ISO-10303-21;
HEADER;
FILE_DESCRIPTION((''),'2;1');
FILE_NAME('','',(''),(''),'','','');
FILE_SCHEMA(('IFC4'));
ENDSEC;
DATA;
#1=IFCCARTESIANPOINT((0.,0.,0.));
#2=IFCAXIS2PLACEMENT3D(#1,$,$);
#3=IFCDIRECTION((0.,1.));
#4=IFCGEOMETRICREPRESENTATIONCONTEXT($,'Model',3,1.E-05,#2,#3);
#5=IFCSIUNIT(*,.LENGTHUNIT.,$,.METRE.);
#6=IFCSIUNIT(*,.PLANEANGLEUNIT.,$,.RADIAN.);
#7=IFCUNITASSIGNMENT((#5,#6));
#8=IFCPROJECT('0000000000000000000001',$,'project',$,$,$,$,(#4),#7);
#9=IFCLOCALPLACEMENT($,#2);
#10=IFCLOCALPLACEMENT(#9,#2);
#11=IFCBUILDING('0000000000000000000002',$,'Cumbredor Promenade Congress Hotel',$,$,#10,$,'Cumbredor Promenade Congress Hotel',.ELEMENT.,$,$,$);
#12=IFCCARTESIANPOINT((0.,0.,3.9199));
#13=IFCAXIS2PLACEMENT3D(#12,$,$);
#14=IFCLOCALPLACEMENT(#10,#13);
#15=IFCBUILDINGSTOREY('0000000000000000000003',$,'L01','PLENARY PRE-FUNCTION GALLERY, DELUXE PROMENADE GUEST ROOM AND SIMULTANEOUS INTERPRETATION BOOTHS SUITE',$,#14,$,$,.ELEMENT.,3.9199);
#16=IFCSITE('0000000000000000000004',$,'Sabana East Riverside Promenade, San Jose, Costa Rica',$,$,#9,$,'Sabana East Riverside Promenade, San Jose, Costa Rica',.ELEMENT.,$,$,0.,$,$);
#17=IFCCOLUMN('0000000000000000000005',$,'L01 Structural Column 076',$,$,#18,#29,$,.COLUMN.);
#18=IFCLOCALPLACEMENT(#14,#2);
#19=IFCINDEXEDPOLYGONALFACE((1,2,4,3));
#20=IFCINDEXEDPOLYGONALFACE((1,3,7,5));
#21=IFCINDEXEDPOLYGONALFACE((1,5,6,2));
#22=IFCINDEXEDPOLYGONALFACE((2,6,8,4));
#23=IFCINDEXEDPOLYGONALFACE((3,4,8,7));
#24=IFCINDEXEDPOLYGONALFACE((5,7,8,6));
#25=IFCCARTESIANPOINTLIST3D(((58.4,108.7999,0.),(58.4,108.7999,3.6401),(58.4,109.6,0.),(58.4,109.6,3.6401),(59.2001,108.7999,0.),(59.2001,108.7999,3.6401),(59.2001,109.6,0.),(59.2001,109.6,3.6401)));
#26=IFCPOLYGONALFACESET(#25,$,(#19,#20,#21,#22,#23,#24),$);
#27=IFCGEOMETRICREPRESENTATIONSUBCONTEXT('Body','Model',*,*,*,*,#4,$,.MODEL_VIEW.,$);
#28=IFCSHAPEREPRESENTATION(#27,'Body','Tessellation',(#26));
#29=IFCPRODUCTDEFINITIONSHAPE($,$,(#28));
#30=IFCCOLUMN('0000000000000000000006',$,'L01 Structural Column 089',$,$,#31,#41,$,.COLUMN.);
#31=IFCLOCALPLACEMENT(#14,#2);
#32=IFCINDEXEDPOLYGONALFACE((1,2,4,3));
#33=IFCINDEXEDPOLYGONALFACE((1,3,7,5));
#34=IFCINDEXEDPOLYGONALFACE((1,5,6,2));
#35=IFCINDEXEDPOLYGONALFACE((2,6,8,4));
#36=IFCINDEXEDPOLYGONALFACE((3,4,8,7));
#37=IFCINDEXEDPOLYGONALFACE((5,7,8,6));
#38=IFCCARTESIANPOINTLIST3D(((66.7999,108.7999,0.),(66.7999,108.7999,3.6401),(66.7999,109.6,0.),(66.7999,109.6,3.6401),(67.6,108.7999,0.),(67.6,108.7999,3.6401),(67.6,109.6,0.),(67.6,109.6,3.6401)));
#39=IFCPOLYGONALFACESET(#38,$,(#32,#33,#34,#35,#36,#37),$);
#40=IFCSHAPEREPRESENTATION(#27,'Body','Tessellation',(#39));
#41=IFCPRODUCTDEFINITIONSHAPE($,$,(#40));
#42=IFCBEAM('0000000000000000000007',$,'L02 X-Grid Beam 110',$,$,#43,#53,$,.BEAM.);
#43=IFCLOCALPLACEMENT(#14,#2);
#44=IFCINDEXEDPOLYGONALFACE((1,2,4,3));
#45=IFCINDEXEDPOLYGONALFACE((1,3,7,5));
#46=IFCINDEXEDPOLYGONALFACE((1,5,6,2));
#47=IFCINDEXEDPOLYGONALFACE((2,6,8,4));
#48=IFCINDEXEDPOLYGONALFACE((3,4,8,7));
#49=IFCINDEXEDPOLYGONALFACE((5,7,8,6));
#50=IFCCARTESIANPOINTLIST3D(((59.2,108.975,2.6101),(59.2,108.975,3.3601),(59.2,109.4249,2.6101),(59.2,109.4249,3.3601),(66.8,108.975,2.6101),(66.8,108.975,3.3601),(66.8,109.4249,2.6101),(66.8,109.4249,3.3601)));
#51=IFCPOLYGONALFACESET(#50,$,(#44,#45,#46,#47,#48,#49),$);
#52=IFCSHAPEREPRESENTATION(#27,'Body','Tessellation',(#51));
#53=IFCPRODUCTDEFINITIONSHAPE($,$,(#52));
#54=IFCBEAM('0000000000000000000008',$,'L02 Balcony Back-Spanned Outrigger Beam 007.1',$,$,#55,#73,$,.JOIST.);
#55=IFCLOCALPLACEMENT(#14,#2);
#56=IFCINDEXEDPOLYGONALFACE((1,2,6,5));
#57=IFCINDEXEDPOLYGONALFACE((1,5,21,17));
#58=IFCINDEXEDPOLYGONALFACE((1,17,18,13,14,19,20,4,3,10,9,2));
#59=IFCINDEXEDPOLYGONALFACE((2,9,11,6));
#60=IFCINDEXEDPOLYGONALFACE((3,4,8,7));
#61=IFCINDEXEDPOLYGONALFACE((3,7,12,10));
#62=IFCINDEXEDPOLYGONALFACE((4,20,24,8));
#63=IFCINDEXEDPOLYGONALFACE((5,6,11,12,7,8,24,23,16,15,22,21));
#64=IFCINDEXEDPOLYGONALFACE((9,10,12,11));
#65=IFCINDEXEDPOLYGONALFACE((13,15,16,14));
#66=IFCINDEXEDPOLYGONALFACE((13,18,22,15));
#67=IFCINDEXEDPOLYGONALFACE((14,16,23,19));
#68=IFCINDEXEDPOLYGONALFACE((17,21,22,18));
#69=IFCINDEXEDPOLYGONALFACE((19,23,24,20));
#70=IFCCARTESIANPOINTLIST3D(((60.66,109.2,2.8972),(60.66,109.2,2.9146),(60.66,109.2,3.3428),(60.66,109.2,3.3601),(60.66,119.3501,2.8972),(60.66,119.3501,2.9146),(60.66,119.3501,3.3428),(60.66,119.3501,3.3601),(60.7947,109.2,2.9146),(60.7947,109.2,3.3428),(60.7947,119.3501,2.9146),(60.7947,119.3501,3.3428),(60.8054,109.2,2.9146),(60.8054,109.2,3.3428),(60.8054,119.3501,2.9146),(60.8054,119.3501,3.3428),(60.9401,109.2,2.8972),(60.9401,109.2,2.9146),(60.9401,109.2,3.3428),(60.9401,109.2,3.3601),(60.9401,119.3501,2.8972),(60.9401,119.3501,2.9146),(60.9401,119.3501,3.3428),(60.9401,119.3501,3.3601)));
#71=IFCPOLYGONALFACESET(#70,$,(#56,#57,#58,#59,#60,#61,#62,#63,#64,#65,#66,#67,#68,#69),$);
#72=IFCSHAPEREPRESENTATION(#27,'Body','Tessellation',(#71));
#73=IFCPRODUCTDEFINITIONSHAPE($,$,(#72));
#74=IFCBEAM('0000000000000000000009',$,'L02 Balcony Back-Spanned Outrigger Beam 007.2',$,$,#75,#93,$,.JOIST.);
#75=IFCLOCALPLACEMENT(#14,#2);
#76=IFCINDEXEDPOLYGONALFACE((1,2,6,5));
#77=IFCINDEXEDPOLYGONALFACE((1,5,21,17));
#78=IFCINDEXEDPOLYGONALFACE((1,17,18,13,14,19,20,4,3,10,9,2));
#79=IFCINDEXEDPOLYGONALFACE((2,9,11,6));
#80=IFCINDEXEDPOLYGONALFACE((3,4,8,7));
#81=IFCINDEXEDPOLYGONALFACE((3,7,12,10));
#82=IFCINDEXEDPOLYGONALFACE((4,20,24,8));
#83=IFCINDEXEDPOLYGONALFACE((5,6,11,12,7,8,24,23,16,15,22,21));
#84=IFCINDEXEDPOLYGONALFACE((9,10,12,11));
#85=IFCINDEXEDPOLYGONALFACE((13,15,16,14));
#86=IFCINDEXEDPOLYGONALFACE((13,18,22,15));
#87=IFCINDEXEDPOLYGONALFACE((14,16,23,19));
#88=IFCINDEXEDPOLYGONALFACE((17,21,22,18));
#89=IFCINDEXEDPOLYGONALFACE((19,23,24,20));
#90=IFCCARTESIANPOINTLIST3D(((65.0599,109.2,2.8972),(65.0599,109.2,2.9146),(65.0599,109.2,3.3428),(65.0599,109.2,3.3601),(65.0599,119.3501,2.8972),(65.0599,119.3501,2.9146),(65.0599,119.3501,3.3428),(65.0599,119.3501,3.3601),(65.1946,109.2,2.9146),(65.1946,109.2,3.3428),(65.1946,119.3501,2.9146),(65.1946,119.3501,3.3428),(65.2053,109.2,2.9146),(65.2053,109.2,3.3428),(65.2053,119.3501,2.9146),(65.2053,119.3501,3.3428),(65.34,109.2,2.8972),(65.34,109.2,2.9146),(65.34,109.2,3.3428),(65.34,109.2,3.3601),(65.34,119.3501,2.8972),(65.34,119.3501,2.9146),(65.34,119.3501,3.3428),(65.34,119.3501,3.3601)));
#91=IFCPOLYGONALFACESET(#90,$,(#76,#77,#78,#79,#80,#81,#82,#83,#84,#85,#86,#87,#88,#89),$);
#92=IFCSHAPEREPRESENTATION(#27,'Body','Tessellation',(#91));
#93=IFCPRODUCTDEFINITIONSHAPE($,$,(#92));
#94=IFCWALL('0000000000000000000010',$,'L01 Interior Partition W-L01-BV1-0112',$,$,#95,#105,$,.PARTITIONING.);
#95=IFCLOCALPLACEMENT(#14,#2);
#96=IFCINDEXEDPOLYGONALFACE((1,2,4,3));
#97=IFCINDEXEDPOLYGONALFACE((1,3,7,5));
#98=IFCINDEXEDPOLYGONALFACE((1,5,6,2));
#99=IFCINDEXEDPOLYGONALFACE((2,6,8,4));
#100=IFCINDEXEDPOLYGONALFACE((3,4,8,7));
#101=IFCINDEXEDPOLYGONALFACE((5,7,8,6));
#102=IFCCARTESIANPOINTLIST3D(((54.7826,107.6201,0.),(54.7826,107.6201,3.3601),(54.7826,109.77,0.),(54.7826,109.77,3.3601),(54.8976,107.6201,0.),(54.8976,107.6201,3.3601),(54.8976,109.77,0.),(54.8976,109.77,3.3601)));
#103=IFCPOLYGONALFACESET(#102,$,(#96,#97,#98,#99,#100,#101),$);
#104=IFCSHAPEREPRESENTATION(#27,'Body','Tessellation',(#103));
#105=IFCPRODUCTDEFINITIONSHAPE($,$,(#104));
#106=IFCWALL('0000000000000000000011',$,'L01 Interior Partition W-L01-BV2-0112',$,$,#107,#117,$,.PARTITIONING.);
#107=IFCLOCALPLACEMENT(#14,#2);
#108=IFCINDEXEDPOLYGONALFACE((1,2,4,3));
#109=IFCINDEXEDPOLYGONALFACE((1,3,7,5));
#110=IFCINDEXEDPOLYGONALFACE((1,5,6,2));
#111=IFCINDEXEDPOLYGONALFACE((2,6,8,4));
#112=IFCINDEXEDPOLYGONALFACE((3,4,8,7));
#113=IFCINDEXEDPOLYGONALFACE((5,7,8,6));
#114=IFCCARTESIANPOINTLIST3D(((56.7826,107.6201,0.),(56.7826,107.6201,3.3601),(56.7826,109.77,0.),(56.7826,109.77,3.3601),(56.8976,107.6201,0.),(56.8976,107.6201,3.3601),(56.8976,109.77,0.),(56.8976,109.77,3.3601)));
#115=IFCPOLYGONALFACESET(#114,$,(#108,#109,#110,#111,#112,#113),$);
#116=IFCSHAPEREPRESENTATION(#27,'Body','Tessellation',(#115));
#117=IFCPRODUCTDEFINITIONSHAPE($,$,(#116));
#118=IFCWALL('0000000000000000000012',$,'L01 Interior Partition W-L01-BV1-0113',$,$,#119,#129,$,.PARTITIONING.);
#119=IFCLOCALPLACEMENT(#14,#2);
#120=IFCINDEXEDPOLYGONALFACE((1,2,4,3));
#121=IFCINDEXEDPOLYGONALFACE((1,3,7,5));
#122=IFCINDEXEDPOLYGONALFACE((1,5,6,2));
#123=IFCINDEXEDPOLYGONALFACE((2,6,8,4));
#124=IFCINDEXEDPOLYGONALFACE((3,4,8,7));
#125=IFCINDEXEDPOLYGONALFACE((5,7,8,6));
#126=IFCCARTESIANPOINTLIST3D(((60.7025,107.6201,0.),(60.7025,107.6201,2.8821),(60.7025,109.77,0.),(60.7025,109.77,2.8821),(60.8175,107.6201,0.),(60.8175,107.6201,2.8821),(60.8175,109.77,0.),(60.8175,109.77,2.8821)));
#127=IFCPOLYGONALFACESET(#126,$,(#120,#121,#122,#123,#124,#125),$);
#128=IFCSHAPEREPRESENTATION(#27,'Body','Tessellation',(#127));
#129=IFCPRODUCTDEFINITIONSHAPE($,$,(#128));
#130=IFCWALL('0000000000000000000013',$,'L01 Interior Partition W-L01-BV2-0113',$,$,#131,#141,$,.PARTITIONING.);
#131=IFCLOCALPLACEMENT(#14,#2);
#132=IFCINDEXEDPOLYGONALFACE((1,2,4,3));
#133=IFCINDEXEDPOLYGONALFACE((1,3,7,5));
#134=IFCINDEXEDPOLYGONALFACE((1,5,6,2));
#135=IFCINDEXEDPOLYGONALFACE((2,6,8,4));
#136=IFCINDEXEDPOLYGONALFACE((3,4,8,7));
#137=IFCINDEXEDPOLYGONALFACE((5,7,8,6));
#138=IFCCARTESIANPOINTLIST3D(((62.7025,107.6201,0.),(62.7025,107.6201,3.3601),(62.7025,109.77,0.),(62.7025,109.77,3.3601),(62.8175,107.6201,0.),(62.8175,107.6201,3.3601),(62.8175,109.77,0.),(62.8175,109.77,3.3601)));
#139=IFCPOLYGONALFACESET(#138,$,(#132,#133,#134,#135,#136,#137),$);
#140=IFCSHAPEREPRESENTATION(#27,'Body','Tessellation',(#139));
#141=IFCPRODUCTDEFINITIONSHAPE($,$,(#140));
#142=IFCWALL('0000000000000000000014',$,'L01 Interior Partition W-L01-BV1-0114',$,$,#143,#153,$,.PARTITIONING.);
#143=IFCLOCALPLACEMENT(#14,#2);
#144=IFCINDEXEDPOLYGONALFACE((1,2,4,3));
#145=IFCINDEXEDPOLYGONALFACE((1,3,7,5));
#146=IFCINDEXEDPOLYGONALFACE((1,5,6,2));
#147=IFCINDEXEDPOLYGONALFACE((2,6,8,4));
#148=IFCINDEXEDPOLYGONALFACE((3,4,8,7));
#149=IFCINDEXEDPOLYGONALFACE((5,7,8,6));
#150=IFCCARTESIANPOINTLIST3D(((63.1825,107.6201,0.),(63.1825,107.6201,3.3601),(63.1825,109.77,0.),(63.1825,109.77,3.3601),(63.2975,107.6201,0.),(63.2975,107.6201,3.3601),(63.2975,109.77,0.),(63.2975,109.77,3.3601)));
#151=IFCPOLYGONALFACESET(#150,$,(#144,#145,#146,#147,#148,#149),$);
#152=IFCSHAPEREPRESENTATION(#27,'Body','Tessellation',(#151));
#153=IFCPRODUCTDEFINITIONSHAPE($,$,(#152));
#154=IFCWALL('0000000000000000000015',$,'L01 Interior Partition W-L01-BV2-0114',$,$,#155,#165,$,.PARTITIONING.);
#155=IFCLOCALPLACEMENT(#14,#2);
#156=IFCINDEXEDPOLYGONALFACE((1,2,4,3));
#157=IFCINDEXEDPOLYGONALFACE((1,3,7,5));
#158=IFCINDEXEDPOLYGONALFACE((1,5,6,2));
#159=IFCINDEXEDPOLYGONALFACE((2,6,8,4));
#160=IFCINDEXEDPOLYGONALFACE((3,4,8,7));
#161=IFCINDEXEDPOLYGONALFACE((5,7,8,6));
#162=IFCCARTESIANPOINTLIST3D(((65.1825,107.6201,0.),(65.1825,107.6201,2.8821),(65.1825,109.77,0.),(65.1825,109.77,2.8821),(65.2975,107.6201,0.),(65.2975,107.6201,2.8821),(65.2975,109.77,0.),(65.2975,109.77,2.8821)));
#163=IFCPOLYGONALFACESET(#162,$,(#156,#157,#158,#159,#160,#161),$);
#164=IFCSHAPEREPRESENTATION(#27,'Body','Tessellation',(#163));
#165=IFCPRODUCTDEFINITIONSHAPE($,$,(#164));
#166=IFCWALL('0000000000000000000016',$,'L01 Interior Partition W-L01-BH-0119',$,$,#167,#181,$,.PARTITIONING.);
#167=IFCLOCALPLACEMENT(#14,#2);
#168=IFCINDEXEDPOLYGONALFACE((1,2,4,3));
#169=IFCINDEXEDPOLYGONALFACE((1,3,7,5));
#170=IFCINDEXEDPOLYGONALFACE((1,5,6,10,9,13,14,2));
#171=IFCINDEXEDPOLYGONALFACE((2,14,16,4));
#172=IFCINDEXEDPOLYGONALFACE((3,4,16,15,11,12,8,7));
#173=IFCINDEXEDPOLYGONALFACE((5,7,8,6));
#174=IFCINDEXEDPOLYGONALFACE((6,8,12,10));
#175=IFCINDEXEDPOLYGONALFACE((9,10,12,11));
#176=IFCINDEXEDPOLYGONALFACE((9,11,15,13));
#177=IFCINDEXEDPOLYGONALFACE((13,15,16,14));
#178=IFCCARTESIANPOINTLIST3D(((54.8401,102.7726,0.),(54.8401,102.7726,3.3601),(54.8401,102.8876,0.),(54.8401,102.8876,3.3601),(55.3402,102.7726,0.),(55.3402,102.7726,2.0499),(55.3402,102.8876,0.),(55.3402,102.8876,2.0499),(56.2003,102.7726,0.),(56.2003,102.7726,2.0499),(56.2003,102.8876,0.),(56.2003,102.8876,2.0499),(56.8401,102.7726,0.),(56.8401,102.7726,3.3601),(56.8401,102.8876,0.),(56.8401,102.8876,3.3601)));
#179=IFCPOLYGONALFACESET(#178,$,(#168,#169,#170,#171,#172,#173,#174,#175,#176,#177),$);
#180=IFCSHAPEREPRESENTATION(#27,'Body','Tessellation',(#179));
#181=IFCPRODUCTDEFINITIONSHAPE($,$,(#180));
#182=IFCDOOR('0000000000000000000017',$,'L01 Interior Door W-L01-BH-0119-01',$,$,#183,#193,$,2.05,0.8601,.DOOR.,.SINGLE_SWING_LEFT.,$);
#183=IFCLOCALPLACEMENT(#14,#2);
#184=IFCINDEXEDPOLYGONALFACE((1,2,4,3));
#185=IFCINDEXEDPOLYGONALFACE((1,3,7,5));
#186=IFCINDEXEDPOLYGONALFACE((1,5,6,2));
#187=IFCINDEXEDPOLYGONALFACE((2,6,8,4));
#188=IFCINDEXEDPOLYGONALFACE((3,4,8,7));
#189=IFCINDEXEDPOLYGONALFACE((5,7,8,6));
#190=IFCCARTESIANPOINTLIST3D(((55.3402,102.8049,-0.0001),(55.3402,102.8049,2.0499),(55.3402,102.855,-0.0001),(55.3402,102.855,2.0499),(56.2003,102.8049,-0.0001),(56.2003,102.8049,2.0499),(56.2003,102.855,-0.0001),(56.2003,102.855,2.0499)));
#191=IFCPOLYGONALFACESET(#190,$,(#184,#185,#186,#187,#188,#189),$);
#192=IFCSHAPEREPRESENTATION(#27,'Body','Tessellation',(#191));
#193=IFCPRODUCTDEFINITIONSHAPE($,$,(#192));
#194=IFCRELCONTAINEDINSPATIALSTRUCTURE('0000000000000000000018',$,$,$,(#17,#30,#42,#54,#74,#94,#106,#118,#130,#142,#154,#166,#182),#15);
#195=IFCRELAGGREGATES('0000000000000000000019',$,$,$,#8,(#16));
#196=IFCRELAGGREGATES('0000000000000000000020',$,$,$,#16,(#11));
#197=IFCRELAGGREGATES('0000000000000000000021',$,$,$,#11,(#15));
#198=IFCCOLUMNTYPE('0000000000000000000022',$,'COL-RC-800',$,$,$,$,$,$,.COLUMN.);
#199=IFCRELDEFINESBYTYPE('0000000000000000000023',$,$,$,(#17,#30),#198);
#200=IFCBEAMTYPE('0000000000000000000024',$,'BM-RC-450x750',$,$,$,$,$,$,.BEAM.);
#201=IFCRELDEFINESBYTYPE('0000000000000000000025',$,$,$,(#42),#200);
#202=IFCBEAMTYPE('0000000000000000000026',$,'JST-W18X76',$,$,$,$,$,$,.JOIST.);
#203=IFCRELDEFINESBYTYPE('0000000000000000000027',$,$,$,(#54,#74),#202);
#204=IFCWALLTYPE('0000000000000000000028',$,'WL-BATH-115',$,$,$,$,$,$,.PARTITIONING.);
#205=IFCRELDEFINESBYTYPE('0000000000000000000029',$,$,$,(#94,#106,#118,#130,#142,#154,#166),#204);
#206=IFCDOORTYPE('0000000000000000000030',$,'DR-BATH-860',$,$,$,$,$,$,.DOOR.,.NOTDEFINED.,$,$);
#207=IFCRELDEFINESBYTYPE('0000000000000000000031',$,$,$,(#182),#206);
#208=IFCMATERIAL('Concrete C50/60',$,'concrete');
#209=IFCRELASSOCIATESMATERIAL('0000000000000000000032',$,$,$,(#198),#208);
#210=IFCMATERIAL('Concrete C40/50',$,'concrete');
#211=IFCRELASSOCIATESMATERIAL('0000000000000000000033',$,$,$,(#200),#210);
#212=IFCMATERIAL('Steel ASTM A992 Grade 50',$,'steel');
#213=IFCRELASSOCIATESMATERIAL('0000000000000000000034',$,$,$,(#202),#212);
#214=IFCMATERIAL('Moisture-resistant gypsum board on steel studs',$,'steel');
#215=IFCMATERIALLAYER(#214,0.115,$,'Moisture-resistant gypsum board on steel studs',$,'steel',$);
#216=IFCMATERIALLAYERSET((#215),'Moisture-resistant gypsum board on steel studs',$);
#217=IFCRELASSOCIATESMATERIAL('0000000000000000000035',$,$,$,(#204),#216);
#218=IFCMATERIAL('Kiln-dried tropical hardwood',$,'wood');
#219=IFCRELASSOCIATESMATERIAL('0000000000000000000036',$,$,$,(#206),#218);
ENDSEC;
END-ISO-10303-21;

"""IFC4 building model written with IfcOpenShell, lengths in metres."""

from ifc_helpers import new_model, si_unit, direction, frame, frame_2d, origin, origin_2d, place, context, subcontext, project, spatial, rectangle, i_section, extrude, material, layer, layer_set, material_profile, profile_set, type_object, element, fill, save


model = new_model("IFC4")

# Units and contexts
model_context = context("Model", 3, precision=1e-05, world=origin(), true_north=direction((0.0, 1.0)))
body_context = subcontext(model_context, "Body", "Model", "MODEL_VIEW")
ifc_project = project(units=[si_unit("LENGTHUNIT", "METRE"), si_unit("PLANEANGLEUNIT", "RADIAN")], contexts=[model_context])

# Site, building, storey
site_placement = place(None, origin())
site = spatial("IfcSite", under=ifc_project, at=site_placement, Name="Sabana East Riverside Promenade, San Jose, Costa Rica", LongName="Sabana East Riverside Promenade, San Jose, Costa Rica", CompositionType="ELEMENT", RefElevation=0.0)
building_placement = place(site_placement, origin())
building = spatial("IfcBuilding", under=site, at=building_placement, Name="Cumbredor Promenade Congress Hotel", LongName="Cumbredor Promenade Congress Hotel", CompositionType="ELEMENT")
storey_placement = place(building_placement, frame((0.0, 0.0, 3.9199)))
storey = spatial("IfcBuildingStorey", under=building, at=storey_placement, Name="L01", Description="PLENARY PRE-FUNCTION GALLERY, DELUXE PROMENADE GUEST ROOM AND SIMULTANEOUS INTERPRETATION BOOTHS SUITE", CompositionType="ELEMENT", Elevation=3.9199)

# Columns
ifc_material_1 = material(Name="Concrete C50/60", Category="concrete")
ifc_material_profile_1 = material_profile(ifc_material_1, rectangle(XDim=0.8, YDim=0.8, at=origin_2d()), Name="RC 800x800")
ifc_profile_set_1 = profile_set([ifc_material_profile_1], Name="Concrete C50/60")
column_type = type_object("IfcColumnType", Name="COL-RC-800", PredefinedType="COLUMN", material=ifc_profile_set_1)
for number, where, z_axis, x_axis, name in (
    (1, (58.8, 109.2, 0.0), (0.0, 0.0, 1.0), (1.0, 0.0, 0.0), "L01 Structural Column 076"),
    (2, (67.2, 109.2, 0.0), (0.0, 0.0, 1.0), (1.0, 0.0, 0.0), "L01 Structural Column 089"),
):
    element("IfcColumn", number, at=place(storey_placement, frame(where, z_axis=z_axis, x_axis=x_axis)), inside=storey, type_object=column_type, Name=name, PredefinedType="COLUMN", context=body_context, shape_type="SweptSolid", body=[
        extrude(rectangle(XDim=0.8, YDim=0.8, at=origin_2d()), origin(), (0.0, 0.0, 1.0), 3.6401),
    ])

# Beams
ifc_material_2 = material(Name="Concrete C40/50", Category="concrete")
ifc_material_profile_2 = material_profile(ifc_material_2, rectangle(XDim=0.45, YDim=0.75, at=origin_2d()), Name="RC BEAM 450x750")
ifc_profile_set_2 = profile_set([ifc_material_profile_2], Name="Concrete C40/50")
beam_type_1 = type_object("IfcBeamType", Name="BM-RC-450x750", PredefinedType="BEAM", material=ifc_profile_set_2)
beam_placement = place(storey_placement, frame((59.2, 109.2, 2.9851), z_axis=(1.0, 0.0, 0.0), x_axis=(0.0, 1.0, 0.0)))
element("IfcBeam", 3, at=beam_placement, inside=storey, type_object=beam_type_1, Name="L02 X-Grid Beam 110", PredefinedType="BEAM", context=body_context, shape_type="SweptSolid", body=[
    extrude(rectangle(XDim=0.45, YDim=0.75, at=origin_2d()), origin(), (0.0, 0.0, 1.0), 7.6001),
])
ifc_material_3 = material(Name="Steel ASTM A992 Grade 50", Category="steel")
ifc_material_profile_3 = material_profile(ifc_material_3, i_section(OverallWidth=0.28, OverallDepth=0.4629, WebThickness=0.0107, FlangeThickness=0.0173, at=origin_2d()), Name="W18X76")
ifc_profile_set_3 = profile_set([ifc_material_profile_3], Name="Steel ASTM A992 Grade 50")
beam_type_2 = type_object("IfcBeamType", Name="JST-W18X76", PredefinedType="JOIST", material=ifc_profile_set_3)
for number, where, z_axis, x_axis, name in (
    (4, (60.8, 109.2, 3.1287), (0.0, 1.0, 0.0), (-1.0, 0.0, 0.0), "L02 Balcony Back-Spanned Outrigger Beam 007.1"),
    (5, (65.2, 109.2, 3.1287), (0.0, 1.0, 0.0), (-1.0, 0.0, 0.0), "L02 Balcony Back-Spanned Outrigger Beam 007.2"),
):
    element("IfcBeam", number, at=place(storey_placement, frame(where, z_axis=z_axis, x_axis=x_axis)), inside=storey, type_object=beam_type_2, Name=name, PredefinedType="JOIST", context=body_context, shape_type="SweptSolid", body=[
        extrude(i_section(OverallWidth=0.28, OverallDepth=0.4629, WebThickness=0.0107, FlangeThickness=0.0173, at=origin_2d()), origin(), (0.0, 0.0, 1.0), 10.1501),
    ])

# Walls
ifc_material_4 = material(Name="Moisture-resistant gypsum board on steel studs", Category="steel")
ifc_layer_1 = layer(ifc_material_4, 0.115, Name="Moisture-resistant gypsum board on steel studs", Category="steel")
ifc_layer_set_1 = layer_set([ifc_layer_1], Name="Moisture-resistant gypsum board on steel studs")
wall_type_1 = type_object("IfcWallType", Name="WL-BATH-115", PredefinedType="PARTITIONING", material=ifc_layer_set_1)
for number, where, z_axis, x_axis, name in (
    (6, (54.8401, 107.6201, 0.0), (0.0, 0.0, 1.0), (0.0, 1.0, 0.0), "L01 Interior Partition W-L01-BV1-0112"),
    (7, (56.8401, 107.6201, 0.0), (0.0, 0.0, 1.0), (0.0, 1.0, 0.0), "L01 Interior Partition W-L01-BV2-0112"),
):
    element("IfcWall", number, at=place(storey_placement, frame(where, z_axis=z_axis, x_axis=x_axis)), inside=storey, type_object=wall_type_1, Name=name, PredefinedType="PARTITIONING", context=body_context, shape_type="SweptSolid", body=[
        extrude(rectangle(XDim=2.1499, YDim=0.115, at=frame_2d((1.075, 0.0))), origin(), (0.0, 0.0, 1.0), 3.3601),
    ])
wall_1_placement = place(storey_placement, frame((60.76, 107.6201, 0.0), z_axis=(0.0, 0.0, 1.0), x_axis=(0.0, 1.0, 0.0)))
element("IfcWall", 8, at=wall_1_placement, inside=storey, type_object=wall_type_1, Name="L01 Interior Partition W-L01-BV1-0113", PredefinedType="PARTITIONING", context=body_context, shape_type="SweptSolid", body=[
    extrude(rectangle(XDim=2.1499, YDim=0.115, at=frame_2d((1.075, 0.0))), origin(), (0.0, 0.0, 1.0), 2.8821),
])
for number, where, z_axis, x_axis, name in (
    (9, (62.76, 107.6201, 0.0), (0.0, 0.0, 1.0), (0.0, 1.0, 0.0), "L01 Interior Partition W-L01-BV2-0113"),
    (10, (63.24, 107.6201, 0.0), (0.0, 0.0, 1.0), (0.0, 1.0, 0.0), "L01 Interior Partition W-L01-BV1-0114"),
):
    element("IfcWall", number, at=place(storey_placement, frame(where, z_axis=z_axis, x_axis=x_axis)), inside=storey, type_object=wall_type_1, Name=name, PredefinedType="PARTITIONING", context=body_context, shape_type="SweptSolid", body=[
        extrude(rectangle(XDim=2.1499, YDim=0.115, at=frame_2d((1.075, 0.0))), origin(), (0.0, 0.0, 1.0), 3.3601),
    ])
wall_2_placement = place(storey_placement, frame((65.24, 107.6201, 0.0), z_axis=(0.0, 0.0, 1.0), x_axis=(0.0, 1.0, 0.0)))
element("IfcWall", 11, at=wall_2_placement, inside=storey, type_object=wall_type_1, Name="L01 Interior Partition W-L01-BV2-0114", PredefinedType="PARTITIONING", context=body_context, shape_type="SweptSolid", body=[
    extrude(rectangle(XDim=2.1499, YDim=0.115, at=frame_2d((1.075, 0.0))), origin(), (0.0, 0.0, 1.0), 2.8821),
])

# Wall, opening, door
wall_3_placement = place(storey_placement, frame((54.8401, 102.8301, 0.0), z_axis=(0.0, 0.0, 1.0), x_axis=(1.0, 0.0, 0.0)))
wall_3 = element("IfcWall", 12, at=wall_3_placement, inside=storey, type_object=wall_type_1, Name="L01 Interior Partition W-L01-BH-0119", PredefinedType="PARTITIONING", context=body_context, shape_type="SweptSolid", body=[
    extrude(rectangle(XDim=2.0, YDim=0.115, at=frame_2d((1.0, 0.0))), origin(), (0.0, 0.0, 1.0), 3.3601),
])
opening_1_placement = place(wall_3_placement, frame((0.5, 0.0, 0.0)))
opening_1 = element("IfcOpeningElement", 13, at=opening_1_placement, cuts=wall_3, PredefinedType="OPENING", context=body_context, shape_type="SweptSolid", body=[
    extrude(rectangle(XDim=0.8601, YDim=2.05, at=frame_2d((0.4302, 1.0249))), frame((0.0, 0.0674, 0.0), z_axis=(0.0, -1.0, 0.0), x_axis=(1.0, 0.0, 0.0)), (0.0, 0.0, 1.0), 0.135),
])
ifc_material_5 = material(Name="Kiln-dried tropical hardwood", Category="wood")
door_type = type_object("IfcDoorType", Name="DR-BATH-860", OperationType="NOTDEFINED", PredefinedType="DOOR", material=ifc_material_5)
door_1_placement = place(opening_1_placement, origin())
door_1 = element("IfcDoor", 14, at=door_1_placement, inside=storey, type_object=door_type, Name="L01 Interior Door W-L01-BH-0119-01", OperationType="SINGLE_SWING_LEFT", OverallHeight=2.05, OverallWidth=0.8601, PredefinedType="DOOR", context=body_context, shape_type="SweptSolid", body=[
    extrude(rectangle(XDim=0.8601, YDim=2.05, at=frame_2d((0.4302, 1.0249))), frame((0.0, 0.0249, 0.0), z_axis=(0.0, -1.0, 0.0), x_axis=(1.0, 0.0, 0.0)), (0.0, 0.0, 1.0), 0.05),
])
fill(opening_1, door_1)

save(model, "model.ifc")
